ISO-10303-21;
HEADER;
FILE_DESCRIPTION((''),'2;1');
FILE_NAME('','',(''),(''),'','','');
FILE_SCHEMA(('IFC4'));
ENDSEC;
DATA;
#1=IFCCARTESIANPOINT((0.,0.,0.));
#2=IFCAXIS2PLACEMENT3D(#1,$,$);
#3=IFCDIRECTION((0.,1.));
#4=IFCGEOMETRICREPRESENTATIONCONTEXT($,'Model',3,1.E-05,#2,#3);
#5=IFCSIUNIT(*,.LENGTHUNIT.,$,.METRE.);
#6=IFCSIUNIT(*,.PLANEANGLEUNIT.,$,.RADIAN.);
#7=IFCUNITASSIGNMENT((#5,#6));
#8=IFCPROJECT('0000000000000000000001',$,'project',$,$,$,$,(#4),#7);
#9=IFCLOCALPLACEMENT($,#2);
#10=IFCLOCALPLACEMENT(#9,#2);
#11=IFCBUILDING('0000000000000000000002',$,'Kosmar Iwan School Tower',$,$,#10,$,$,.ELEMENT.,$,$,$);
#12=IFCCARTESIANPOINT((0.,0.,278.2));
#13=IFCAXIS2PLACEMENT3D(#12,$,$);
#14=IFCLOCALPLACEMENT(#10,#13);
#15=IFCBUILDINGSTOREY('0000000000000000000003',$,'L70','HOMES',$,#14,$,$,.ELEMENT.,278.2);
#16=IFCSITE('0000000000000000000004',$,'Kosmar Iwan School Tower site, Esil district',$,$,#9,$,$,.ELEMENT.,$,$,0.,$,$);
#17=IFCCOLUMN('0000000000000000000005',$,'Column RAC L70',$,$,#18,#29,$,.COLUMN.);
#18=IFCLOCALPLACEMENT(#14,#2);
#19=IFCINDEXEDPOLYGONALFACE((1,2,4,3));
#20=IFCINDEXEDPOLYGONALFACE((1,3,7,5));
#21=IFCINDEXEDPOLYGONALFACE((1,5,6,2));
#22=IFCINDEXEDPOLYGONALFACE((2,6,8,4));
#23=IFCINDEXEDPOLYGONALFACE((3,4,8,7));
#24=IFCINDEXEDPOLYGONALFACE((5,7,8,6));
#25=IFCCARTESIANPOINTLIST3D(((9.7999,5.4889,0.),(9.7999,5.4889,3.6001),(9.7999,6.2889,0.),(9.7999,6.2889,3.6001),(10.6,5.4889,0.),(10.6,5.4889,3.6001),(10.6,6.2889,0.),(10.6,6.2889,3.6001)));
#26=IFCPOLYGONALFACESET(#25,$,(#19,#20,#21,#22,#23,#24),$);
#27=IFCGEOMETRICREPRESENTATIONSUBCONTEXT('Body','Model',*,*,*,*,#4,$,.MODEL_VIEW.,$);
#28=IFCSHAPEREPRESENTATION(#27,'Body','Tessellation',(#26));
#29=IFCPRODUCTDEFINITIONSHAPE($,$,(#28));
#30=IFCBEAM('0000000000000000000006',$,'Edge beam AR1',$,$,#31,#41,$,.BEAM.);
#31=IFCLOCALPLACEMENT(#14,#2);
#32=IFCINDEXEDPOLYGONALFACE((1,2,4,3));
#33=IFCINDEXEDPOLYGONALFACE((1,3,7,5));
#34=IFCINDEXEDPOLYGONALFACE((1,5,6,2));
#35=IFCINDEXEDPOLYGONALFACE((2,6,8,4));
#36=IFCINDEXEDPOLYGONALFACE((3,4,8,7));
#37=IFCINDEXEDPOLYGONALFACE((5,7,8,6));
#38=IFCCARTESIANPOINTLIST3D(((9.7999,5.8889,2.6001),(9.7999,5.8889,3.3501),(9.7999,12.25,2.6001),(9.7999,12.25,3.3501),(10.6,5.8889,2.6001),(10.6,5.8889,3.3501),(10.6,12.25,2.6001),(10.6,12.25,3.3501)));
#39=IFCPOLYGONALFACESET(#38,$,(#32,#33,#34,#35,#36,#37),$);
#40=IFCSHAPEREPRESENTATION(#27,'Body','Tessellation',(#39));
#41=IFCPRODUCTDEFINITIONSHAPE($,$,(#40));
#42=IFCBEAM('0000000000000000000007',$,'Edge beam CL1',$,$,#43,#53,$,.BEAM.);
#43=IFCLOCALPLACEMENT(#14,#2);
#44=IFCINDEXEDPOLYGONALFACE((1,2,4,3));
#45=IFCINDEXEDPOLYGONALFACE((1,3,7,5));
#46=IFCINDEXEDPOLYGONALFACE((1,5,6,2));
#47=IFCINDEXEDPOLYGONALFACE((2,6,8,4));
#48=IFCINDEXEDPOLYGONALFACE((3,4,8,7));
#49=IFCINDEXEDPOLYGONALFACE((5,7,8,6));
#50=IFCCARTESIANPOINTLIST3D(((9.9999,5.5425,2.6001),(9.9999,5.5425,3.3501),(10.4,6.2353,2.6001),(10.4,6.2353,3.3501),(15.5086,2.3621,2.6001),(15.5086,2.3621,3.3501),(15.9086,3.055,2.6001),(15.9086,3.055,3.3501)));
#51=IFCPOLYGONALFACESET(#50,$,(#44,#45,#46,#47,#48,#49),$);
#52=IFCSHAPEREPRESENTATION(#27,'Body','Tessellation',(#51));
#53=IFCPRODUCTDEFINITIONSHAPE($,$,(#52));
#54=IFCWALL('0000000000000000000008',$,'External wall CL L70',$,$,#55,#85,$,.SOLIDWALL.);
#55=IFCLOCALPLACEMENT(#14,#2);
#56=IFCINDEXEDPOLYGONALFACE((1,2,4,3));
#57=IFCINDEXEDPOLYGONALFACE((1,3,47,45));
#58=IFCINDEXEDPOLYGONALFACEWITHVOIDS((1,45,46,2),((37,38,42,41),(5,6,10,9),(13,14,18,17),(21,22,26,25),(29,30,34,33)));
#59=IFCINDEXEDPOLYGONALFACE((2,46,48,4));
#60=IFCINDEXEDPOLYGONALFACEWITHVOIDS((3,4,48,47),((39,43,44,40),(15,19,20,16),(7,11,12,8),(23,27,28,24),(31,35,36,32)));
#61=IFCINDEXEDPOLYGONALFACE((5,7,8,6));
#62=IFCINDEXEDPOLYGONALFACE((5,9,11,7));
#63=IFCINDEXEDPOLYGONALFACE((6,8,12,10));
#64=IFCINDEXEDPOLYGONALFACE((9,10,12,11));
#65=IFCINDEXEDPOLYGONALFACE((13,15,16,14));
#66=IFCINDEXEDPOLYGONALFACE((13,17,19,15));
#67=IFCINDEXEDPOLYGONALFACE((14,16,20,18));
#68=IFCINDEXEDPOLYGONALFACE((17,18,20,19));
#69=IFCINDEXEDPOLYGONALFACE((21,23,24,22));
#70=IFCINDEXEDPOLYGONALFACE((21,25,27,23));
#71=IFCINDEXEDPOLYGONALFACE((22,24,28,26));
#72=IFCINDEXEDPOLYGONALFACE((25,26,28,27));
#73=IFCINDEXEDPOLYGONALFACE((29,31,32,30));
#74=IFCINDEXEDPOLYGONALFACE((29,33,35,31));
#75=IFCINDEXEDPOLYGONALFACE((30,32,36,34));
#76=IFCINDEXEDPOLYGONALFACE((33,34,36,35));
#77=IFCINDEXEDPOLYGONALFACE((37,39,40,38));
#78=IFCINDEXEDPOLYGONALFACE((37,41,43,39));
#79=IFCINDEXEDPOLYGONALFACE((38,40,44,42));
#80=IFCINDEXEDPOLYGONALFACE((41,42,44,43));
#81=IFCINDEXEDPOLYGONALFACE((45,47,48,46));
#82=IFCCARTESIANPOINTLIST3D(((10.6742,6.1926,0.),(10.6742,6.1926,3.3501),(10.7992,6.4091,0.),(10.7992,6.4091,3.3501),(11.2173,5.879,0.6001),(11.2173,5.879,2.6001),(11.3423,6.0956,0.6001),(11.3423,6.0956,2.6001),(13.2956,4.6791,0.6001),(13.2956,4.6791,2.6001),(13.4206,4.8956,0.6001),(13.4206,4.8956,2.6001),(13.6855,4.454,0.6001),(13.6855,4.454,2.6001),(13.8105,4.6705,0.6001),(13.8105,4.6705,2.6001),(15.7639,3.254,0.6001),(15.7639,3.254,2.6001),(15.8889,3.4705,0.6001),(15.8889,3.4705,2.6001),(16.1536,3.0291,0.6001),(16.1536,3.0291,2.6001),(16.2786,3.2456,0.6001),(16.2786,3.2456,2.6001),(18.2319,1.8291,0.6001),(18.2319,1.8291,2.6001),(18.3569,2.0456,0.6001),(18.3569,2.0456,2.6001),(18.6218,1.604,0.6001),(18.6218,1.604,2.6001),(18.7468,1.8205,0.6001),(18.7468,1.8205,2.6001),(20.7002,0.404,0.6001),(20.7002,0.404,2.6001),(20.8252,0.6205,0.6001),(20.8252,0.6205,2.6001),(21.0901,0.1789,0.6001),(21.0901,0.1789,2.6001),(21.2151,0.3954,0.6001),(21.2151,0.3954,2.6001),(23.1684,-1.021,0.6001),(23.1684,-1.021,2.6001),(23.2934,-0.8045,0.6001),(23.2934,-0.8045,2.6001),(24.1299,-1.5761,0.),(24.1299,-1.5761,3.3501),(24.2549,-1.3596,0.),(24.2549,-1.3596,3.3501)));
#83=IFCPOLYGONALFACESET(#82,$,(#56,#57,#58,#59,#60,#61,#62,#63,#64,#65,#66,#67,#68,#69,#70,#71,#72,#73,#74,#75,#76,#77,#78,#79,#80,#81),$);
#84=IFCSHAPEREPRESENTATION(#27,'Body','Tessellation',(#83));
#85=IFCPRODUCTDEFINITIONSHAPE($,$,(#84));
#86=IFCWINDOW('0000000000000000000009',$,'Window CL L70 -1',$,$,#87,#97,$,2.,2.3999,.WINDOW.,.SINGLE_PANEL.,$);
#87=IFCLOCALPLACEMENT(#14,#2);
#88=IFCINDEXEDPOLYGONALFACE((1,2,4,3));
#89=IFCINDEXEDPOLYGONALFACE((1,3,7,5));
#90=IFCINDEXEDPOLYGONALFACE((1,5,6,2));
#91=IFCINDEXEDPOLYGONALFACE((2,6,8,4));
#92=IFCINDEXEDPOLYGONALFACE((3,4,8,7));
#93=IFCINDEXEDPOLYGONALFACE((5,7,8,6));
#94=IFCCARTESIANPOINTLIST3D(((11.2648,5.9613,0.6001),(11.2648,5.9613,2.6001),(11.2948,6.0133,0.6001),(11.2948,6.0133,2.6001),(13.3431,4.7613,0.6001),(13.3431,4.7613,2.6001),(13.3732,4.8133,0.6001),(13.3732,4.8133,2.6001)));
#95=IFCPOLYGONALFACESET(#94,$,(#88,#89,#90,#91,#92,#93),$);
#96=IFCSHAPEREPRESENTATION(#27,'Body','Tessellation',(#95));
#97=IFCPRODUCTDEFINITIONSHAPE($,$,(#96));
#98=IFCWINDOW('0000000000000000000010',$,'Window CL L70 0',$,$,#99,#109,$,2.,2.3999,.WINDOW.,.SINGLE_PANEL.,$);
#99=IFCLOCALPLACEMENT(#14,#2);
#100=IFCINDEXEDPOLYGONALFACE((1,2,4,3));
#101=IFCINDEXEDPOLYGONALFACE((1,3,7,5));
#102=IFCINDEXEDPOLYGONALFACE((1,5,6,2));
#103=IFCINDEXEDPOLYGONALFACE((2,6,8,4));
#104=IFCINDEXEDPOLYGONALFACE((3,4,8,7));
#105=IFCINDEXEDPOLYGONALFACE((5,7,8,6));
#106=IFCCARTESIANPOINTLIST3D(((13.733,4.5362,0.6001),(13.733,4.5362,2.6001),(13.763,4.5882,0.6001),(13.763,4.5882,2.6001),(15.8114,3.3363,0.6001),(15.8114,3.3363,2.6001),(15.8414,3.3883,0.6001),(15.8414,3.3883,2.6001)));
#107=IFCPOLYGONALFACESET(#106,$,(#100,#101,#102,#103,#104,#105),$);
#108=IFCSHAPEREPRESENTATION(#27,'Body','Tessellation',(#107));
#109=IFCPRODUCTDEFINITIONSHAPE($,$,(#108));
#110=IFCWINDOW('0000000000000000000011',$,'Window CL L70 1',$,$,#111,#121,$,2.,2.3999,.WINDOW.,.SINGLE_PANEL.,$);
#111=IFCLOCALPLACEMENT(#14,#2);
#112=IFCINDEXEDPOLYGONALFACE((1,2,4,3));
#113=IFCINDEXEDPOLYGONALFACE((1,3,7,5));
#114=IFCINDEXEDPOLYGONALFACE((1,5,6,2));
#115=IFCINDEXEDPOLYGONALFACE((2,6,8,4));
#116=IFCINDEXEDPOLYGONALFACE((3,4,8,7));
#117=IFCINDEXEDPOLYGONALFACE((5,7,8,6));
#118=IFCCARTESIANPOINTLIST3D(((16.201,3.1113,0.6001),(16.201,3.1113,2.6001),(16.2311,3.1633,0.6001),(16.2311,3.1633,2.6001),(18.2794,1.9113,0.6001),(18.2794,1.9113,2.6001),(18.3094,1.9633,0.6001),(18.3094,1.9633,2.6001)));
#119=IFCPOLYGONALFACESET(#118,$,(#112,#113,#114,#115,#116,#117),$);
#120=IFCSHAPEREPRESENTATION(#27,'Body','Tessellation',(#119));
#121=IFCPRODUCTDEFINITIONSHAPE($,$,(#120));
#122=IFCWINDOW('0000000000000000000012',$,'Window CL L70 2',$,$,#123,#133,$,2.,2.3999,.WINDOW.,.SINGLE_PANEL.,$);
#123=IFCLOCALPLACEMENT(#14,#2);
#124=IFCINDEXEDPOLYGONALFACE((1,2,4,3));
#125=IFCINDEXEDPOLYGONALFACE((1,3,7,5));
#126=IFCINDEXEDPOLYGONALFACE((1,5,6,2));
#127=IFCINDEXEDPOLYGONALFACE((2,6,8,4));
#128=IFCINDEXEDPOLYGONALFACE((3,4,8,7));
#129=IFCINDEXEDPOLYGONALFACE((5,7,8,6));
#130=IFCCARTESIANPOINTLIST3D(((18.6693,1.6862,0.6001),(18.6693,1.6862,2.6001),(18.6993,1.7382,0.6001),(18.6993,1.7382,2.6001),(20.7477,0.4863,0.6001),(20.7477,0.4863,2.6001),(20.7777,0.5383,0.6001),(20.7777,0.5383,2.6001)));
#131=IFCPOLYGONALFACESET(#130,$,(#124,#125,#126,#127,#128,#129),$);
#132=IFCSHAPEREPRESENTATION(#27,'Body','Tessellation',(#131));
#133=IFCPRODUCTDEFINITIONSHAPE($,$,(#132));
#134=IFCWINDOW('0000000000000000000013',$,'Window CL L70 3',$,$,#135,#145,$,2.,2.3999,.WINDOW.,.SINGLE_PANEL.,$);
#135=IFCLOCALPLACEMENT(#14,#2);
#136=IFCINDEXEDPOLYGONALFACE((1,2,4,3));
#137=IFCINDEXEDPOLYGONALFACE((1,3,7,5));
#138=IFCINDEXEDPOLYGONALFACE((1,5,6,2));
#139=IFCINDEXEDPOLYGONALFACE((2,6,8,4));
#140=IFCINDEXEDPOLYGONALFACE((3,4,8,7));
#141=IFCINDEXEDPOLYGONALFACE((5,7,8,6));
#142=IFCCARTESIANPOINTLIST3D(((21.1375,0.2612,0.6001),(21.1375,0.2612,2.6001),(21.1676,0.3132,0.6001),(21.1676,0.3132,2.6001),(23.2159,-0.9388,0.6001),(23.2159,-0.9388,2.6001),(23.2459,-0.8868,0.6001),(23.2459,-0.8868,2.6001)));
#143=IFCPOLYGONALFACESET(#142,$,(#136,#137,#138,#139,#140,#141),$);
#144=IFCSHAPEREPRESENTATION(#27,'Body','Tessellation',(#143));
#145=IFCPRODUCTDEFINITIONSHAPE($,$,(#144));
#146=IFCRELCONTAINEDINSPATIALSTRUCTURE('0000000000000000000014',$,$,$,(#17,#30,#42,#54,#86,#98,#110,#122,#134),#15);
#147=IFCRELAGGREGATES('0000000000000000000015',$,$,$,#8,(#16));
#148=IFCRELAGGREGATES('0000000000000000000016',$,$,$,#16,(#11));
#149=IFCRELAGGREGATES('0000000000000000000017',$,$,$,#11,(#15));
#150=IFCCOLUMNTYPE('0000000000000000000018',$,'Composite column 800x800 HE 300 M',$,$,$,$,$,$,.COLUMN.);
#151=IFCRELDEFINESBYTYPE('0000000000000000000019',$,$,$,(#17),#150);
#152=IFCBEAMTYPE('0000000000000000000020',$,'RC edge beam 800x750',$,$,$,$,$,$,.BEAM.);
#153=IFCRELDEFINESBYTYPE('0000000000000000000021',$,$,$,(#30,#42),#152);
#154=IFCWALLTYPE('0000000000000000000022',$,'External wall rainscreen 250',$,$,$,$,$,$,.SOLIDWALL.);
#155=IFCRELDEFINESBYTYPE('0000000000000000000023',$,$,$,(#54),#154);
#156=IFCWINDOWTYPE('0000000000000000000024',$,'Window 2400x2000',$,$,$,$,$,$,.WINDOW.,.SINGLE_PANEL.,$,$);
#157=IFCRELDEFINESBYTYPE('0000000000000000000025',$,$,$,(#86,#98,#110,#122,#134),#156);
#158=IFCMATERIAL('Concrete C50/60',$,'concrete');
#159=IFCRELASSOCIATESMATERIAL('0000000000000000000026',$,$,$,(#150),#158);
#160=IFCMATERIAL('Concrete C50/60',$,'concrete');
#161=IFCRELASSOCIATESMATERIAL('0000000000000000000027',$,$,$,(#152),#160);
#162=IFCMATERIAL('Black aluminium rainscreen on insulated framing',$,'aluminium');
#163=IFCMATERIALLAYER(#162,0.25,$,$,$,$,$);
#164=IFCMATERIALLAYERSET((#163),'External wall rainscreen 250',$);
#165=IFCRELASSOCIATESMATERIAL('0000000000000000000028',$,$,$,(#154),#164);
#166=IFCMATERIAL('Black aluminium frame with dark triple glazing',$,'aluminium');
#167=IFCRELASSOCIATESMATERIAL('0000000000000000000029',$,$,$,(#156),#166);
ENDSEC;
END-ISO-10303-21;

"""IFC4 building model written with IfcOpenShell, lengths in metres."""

from ifc_helpers import new_model, si_unit, direction, frame, frame_2d, origin, origin_2d, place, context, subcontext, project, spatial, rectangle, extrude, material, layer, layer_set, material_profile, profile_set, type_object, element, fill, save


model = new_model("IFC4")

# Units and contexts
model_context = context("Model", 3, precision=1e-05, world=origin(), true_north=direction((0.0, 1.0)))
body_context = subcontext(model_context, "Body", "Model", "MODEL_VIEW")
ifc_project = project(units=[si_unit("LENGTHUNIT", "METRE"), si_unit("PLANEANGLEUNIT", "RADIAN")], contexts=[model_context])

# Site, building, storey
site_placement = place(None, origin())
site = spatial("IfcSite", under=ifc_project, at=site_placement, Name="Kosmar Iwan School Tower site, Esil district", CompositionType="ELEMENT", RefElevation=0.0)
building_placement = place(site_placement, origin())
building = spatial("IfcBuilding", under=site, at=building_placement, Name="Kosmar Iwan School Tower", CompositionType="ELEMENT")
storey_placement = place(building_placement, frame((0.0, 0.0, 278.2)))
storey = spatial("IfcBuildingStorey", under=building, at=storey_placement, Name="L70", Description="HOMES", CompositionType="ELEMENT", Elevation=278.2)

# Column
ifc_material_1 = material(Name="Concrete C50/60", Category="concrete")
ifc_material_profile_1 = material_profile(ifc_material_1, rectangle(XDim=0.8, YDim=0.8, at=origin_2d()), Name="RC 800x800 + HE 300 M")
ifc_profile_set_1 = profile_set([ifc_material_profile_1], Name="Concrete C50/60")
column_type = type_object("IfcColumnType", Name="Composite column 800x800 HE 300 M", PredefinedType="COLUMN", material=ifc_profile_set_1)
column_placement = place(storey_placement, frame((10.2, 5.8889, 0.0), z_axis=(0.0, 0.0, 1.0), x_axis=(1.0, 0.0, 0.0)))
element("IfcColumn", 1, at=column_placement, inside=storey, type_object=column_type, Name="Column RAC L70", PredefinedType="COLUMN", context=body_context, shape_type="SweptSolid", body=[
    extrude(rectangle(XDim=0.8, YDim=0.8, at=origin_2d()), origin(), (0.0, 0.0, 1.0), 3.6001),
])

# Beams
ifc_material_2 = material(Name="Concrete C50/60", Category="concrete")
ifc_material_profile_2 = material_profile(ifc_material_2, rectangle(XDim=0.8, YDim=0.75, at=origin_2d()), Name="RC 800x750")
ifc_profile_set_2 = profile_set([ifc_material_profile_2], Name="Concrete C50/60")
beam_type = type_object("IfcBeamType", Name="RC edge beam 800x750", PredefinedType="BEAM", material=ifc_profile_set_2)
beam_1_placement = place(storey_placement, frame((10.2, 5.8889, 2.9751), z_axis=(0.0, 1.0, 0.0), x_axis=(-1.0, 0.0, 0.0)))
element("IfcBeam", 2, at=beam_1_placement, inside=storey, type_object=beam_type, Name="Edge beam AR1", PredefinedType="BEAM", context=body_context, shape_type="SweptSolid", body=[
    extrude(rectangle(XDim=0.8, YDim=0.75, at=origin_2d()), origin(), (0.0, 0.0, 1.0), 6.3611),
])
beam_2_placement = place(storey_placement, frame((10.2, 5.8889, 2.9751), z_axis=(0.866031, -0.49999, 0.0), x_axis=(0.49999, 0.866031, 0.0)))
element("IfcBeam", 3, at=beam_2_placement, inside=storey, type_object=beam_type, Name="Edge beam CL1", PredefinedType="BEAM", context=body_context, shape_type="SweptSolid", body=[
    extrude(rectangle(XDim=0.8, YDim=0.75, at=origin_2d()), origin(), (0.0, 0.0, 1.0), 6.3608),
])

# Wall, openings, windows
ifc_material_3 = material(Name="Black aluminium rainscreen on insulated framing", Category="aluminium")
ifc_layer_1 = layer(ifc_material_3, 0.25)
ifc_layer_set_1 = layer_set([ifc_layer_1], Name="External wall rainscreen 250")
wall_type_1 = type_object("IfcWallType", Name="External wall rainscreen 250", PredefinedType="SOLIDWALL", material=ifc_layer_set_1)
wall_1_placement = place(storey_placement, frame((10.7368, 6.3008, 0.0), z_axis=(0.0, 0.0, 1.0), x_axis=(0.866023, -0.500004, 0.0)))
wall_1 = element("IfcWall", 4, at=wall_1_placement, inside=storey, type_object=wall_type_1, Name="External wall CL L70", PredefinedType="SOLIDWALL", context=body_context, shape_type="SweptSolid", body=[
    extrude(rectangle(XDim=15.5374, YDim=0.25, at=frame_2d((7.7686, 0.0))), origin(), (0.0, 0.0, 1.0), 3.3501),
])
opening_1_placement = place(wall_1_placement, frame((0.627, 0.0, 0.6001)))
opening_1 = element("IfcOpeningElement", 5, at=opening_1_placement, cuts=wall_1, PredefinedType="OPENING", context=body_context, shape_type="SweptSolid", body=[
    extrude(rectangle(XDim=2.3999, YDim=2.0, at=frame_2d((1.2, 1.0))), frame((0.0, 0.137, 0.0), z_axis=(0.0, -1.0, 0.0), x_axis=(1.0, 0.0, 0.0)), (0.0, 0.0, 1.0), 0.2739),
])
opening_2_placement = place(wall_1_placement, frame((3.4771, 0.0, 0.6001)))
opening_2 = element("IfcOpeningElement", 6, at=opening_2_placement, cuts=wall_1, PredefinedType="OPENING", context=body_context, shape_type="SweptSolid", body=[
    extrude(rectangle(XDim=2.3999, YDim=2.0, at=frame_2d((1.2, 1.0))), frame((0.0, 0.137, 0.0), z_axis=(0.0, -1.0, 0.0), x_axis=(1.0, 0.0, 0.0)), (0.0, 0.0, 1.0), 0.2739),
])
opening_3_placement = place(wall_1_placement, frame((6.3269, 0.0, 0.6001)))
opening_3 = element("IfcOpeningElement", 7, at=opening_3_placement, cuts=wall_1, PredefinedType="OPENING", context=body_context, shape_type="SweptSolid", body=[
    extrude(rectangle(XDim=2.3999, YDim=2.0, at=frame_2d((1.2, 1.0))), frame((0.0, 0.137, 0.0), z_axis=(0.0, -1.0, 0.0), x_axis=(1.0, 0.0, 0.0)), (0.0, 0.0, 1.0), 0.2739),
])
opening_4_placement = place(wall_1_placement, frame((9.177, 0.0, 0.6001)))
opening_4 = element("IfcOpeningElement", 8, at=opening_4_placement, cuts=wall_1, PredefinedType="OPENING", context=body_context, shape_type="SweptSolid", body=[
    extrude(rectangle(XDim=2.3999, YDim=2.0, at=frame_2d((1.2, 1.0))), frame((0.0, 0.137, 0.0), z_axis=(0.0, -1.0, 0.0), x_axis=(1.0, 0.0, 0.0)), (0.0, 0.0, 1.0), 0.2739),
])
opening_5_placement = place(wall_1_placement, frame((12.0271, 0.0, 0.6001)))
opening_5 = element("IfcOpeningElement", 9, at=opening_5_placement, cuts=wall_1, PredefinedType="OPENING", context=body_context, shape_type="SweptSolid", body=[
    extrude(rectangle(XDim=2.3999, YDim=2.0, at=frame_2d((1.2, 1.0))), frame((0.0, 0.137, 0.0), z_axis=(0.0, -1.0, 0.0), x_axis=(1.0, 0.0, 0.0)), (0.0, 0.0, 1.0), 0.2739),
])
ifc_material_4 = material(Name="Black aluminium frame with dark triple glazing", Category="aluminium")
window_type = type_object("IfcWindowType", Name="Window 2400x2000", PartitioningType="SINGLE_PANEL", PredefinedType="WINDOW", material=ifc_material_4)
window_1_placement = place(opening_1_placement, origin())
window_1 = element("IfcWindow", 10, at=window_1_placement, inside=storey, type_object=window_type, Name="Window CL L70 -1", OverallHeight=2.0, OverallWidth=2.3999, PartitioningType="SINGLE_PANEL", PredefinedType="WINDOW", context=body_context, shape_type="SweptSolid", body=[
    extrude(rectangle(XDim=2.3999, YDim=2.0, at=frame_2d((1.2, 1.0))), frame((0.0, 0.03, 0.0), z_axis=(0.0, -1.0, 0.0), x_axis=(1.0, 0.0, 0.0)), (0.0, 0.0, 1.0), 0.0601),
])
fill(opening_1, window_1)
window_2_placement = place(opening_2_placement, origin())
window_2 = element("IfcWindow", 11, at=window_2_placement, inside=storey, type_object=window_type, Name="Window CL L70 0", OverallHeight=2.0, OverallWidth=2.3999, PartitioningType="SINGLE_PANEL", PredefinedType="WINDOW", context=body_context, shape_type="SweptSolid", body=[
    extrude(rectangle(XDim=2.3999, YDim=2.0, at=frame_2d((1.2, 1.0))), frame((0.0, 0.03, 0.0), z_axis=(0.0, -1.0, 0.0), x_axis=(1.0, 0.0, 0.0)), (0.0, 0.0, 1.0), 0.0601),
])
fill(opening_2, window_2)
window_3_placement = place(opening_3_placement, origin())
window_3 = element("IfcWindow", 12, at=window_3_placement, inside=storey, type_object=window_type, Name="Window CL L70 1", OverallHeight=2.0, OverallWidth=2.3999, PartitioningType="SINGLE_PANEL", PredefinedType="WINDOW", context=body_context, shape_type="SweptSolid", body=[
    extrude(rectangle(XDim=2.3999, YDim=2.0, at=frame_2d((1.2, 1.0))), frame((0.0, 0.03, 0.0), z_axis=(0.0, -1.0, 0.0), x_axis=(1.0, 0.0, 0.0)), (0.0, 0.0, 1.0), 0.0601),
])
fill(opening_3, window_3)
window_4_placement = place(opening_4_placement, origin())
window_4 = element("IfcWindow", 13, at=window_4_placement, inside=storey, type_object=window_type, Name="Window CL L70 2", OverallHeight=2.0, OverallWidth=2.3999, PartitioningType="SINGLE_PANEL", PredefinedType="WINDOW", context=body_context, shape_type="SweptSolid", body=[
    extrude(rectangle(XDim=2.3999, YDim=2.0, at=frame_2d((1.2, 1.0))), frame((0.0, 0.03, 0.0), z_axis=(0.0, -1.0, 0.0), x_axis=(1.0, 0.0, 0.0)), (0.0, 0.0, 1.0), 0.0601),
])
fill(opening_4, window_4)
window_5_placement = place(opening_5_placement, origin())
window_5 = element("IfcWindow", 14, at=window_5_placement, inside=storey, type_object=window_type, Name="Window CL L70 3", OverallHeight=2.0, OverallWidth=2.3999, PartitioningType="SINGLE_PANEL", PredefinedType="WINDOW", context=body_context, shape_type="SweptSolid", body=[
    extrude(rectangle(XDim=2.3999, YDim=2.0, at=frame_2d((1.2, 1.0))), frame((0.0, 0.03, 0.0), z_axis=(0.0, -1.0, 0.0), x_axis=(1.0, 0.0, 0.0)), (0.0, 0.0, 1.0), 0.0601),
])
fill(opening_5, window_5)

save(model, "model.ifc")
